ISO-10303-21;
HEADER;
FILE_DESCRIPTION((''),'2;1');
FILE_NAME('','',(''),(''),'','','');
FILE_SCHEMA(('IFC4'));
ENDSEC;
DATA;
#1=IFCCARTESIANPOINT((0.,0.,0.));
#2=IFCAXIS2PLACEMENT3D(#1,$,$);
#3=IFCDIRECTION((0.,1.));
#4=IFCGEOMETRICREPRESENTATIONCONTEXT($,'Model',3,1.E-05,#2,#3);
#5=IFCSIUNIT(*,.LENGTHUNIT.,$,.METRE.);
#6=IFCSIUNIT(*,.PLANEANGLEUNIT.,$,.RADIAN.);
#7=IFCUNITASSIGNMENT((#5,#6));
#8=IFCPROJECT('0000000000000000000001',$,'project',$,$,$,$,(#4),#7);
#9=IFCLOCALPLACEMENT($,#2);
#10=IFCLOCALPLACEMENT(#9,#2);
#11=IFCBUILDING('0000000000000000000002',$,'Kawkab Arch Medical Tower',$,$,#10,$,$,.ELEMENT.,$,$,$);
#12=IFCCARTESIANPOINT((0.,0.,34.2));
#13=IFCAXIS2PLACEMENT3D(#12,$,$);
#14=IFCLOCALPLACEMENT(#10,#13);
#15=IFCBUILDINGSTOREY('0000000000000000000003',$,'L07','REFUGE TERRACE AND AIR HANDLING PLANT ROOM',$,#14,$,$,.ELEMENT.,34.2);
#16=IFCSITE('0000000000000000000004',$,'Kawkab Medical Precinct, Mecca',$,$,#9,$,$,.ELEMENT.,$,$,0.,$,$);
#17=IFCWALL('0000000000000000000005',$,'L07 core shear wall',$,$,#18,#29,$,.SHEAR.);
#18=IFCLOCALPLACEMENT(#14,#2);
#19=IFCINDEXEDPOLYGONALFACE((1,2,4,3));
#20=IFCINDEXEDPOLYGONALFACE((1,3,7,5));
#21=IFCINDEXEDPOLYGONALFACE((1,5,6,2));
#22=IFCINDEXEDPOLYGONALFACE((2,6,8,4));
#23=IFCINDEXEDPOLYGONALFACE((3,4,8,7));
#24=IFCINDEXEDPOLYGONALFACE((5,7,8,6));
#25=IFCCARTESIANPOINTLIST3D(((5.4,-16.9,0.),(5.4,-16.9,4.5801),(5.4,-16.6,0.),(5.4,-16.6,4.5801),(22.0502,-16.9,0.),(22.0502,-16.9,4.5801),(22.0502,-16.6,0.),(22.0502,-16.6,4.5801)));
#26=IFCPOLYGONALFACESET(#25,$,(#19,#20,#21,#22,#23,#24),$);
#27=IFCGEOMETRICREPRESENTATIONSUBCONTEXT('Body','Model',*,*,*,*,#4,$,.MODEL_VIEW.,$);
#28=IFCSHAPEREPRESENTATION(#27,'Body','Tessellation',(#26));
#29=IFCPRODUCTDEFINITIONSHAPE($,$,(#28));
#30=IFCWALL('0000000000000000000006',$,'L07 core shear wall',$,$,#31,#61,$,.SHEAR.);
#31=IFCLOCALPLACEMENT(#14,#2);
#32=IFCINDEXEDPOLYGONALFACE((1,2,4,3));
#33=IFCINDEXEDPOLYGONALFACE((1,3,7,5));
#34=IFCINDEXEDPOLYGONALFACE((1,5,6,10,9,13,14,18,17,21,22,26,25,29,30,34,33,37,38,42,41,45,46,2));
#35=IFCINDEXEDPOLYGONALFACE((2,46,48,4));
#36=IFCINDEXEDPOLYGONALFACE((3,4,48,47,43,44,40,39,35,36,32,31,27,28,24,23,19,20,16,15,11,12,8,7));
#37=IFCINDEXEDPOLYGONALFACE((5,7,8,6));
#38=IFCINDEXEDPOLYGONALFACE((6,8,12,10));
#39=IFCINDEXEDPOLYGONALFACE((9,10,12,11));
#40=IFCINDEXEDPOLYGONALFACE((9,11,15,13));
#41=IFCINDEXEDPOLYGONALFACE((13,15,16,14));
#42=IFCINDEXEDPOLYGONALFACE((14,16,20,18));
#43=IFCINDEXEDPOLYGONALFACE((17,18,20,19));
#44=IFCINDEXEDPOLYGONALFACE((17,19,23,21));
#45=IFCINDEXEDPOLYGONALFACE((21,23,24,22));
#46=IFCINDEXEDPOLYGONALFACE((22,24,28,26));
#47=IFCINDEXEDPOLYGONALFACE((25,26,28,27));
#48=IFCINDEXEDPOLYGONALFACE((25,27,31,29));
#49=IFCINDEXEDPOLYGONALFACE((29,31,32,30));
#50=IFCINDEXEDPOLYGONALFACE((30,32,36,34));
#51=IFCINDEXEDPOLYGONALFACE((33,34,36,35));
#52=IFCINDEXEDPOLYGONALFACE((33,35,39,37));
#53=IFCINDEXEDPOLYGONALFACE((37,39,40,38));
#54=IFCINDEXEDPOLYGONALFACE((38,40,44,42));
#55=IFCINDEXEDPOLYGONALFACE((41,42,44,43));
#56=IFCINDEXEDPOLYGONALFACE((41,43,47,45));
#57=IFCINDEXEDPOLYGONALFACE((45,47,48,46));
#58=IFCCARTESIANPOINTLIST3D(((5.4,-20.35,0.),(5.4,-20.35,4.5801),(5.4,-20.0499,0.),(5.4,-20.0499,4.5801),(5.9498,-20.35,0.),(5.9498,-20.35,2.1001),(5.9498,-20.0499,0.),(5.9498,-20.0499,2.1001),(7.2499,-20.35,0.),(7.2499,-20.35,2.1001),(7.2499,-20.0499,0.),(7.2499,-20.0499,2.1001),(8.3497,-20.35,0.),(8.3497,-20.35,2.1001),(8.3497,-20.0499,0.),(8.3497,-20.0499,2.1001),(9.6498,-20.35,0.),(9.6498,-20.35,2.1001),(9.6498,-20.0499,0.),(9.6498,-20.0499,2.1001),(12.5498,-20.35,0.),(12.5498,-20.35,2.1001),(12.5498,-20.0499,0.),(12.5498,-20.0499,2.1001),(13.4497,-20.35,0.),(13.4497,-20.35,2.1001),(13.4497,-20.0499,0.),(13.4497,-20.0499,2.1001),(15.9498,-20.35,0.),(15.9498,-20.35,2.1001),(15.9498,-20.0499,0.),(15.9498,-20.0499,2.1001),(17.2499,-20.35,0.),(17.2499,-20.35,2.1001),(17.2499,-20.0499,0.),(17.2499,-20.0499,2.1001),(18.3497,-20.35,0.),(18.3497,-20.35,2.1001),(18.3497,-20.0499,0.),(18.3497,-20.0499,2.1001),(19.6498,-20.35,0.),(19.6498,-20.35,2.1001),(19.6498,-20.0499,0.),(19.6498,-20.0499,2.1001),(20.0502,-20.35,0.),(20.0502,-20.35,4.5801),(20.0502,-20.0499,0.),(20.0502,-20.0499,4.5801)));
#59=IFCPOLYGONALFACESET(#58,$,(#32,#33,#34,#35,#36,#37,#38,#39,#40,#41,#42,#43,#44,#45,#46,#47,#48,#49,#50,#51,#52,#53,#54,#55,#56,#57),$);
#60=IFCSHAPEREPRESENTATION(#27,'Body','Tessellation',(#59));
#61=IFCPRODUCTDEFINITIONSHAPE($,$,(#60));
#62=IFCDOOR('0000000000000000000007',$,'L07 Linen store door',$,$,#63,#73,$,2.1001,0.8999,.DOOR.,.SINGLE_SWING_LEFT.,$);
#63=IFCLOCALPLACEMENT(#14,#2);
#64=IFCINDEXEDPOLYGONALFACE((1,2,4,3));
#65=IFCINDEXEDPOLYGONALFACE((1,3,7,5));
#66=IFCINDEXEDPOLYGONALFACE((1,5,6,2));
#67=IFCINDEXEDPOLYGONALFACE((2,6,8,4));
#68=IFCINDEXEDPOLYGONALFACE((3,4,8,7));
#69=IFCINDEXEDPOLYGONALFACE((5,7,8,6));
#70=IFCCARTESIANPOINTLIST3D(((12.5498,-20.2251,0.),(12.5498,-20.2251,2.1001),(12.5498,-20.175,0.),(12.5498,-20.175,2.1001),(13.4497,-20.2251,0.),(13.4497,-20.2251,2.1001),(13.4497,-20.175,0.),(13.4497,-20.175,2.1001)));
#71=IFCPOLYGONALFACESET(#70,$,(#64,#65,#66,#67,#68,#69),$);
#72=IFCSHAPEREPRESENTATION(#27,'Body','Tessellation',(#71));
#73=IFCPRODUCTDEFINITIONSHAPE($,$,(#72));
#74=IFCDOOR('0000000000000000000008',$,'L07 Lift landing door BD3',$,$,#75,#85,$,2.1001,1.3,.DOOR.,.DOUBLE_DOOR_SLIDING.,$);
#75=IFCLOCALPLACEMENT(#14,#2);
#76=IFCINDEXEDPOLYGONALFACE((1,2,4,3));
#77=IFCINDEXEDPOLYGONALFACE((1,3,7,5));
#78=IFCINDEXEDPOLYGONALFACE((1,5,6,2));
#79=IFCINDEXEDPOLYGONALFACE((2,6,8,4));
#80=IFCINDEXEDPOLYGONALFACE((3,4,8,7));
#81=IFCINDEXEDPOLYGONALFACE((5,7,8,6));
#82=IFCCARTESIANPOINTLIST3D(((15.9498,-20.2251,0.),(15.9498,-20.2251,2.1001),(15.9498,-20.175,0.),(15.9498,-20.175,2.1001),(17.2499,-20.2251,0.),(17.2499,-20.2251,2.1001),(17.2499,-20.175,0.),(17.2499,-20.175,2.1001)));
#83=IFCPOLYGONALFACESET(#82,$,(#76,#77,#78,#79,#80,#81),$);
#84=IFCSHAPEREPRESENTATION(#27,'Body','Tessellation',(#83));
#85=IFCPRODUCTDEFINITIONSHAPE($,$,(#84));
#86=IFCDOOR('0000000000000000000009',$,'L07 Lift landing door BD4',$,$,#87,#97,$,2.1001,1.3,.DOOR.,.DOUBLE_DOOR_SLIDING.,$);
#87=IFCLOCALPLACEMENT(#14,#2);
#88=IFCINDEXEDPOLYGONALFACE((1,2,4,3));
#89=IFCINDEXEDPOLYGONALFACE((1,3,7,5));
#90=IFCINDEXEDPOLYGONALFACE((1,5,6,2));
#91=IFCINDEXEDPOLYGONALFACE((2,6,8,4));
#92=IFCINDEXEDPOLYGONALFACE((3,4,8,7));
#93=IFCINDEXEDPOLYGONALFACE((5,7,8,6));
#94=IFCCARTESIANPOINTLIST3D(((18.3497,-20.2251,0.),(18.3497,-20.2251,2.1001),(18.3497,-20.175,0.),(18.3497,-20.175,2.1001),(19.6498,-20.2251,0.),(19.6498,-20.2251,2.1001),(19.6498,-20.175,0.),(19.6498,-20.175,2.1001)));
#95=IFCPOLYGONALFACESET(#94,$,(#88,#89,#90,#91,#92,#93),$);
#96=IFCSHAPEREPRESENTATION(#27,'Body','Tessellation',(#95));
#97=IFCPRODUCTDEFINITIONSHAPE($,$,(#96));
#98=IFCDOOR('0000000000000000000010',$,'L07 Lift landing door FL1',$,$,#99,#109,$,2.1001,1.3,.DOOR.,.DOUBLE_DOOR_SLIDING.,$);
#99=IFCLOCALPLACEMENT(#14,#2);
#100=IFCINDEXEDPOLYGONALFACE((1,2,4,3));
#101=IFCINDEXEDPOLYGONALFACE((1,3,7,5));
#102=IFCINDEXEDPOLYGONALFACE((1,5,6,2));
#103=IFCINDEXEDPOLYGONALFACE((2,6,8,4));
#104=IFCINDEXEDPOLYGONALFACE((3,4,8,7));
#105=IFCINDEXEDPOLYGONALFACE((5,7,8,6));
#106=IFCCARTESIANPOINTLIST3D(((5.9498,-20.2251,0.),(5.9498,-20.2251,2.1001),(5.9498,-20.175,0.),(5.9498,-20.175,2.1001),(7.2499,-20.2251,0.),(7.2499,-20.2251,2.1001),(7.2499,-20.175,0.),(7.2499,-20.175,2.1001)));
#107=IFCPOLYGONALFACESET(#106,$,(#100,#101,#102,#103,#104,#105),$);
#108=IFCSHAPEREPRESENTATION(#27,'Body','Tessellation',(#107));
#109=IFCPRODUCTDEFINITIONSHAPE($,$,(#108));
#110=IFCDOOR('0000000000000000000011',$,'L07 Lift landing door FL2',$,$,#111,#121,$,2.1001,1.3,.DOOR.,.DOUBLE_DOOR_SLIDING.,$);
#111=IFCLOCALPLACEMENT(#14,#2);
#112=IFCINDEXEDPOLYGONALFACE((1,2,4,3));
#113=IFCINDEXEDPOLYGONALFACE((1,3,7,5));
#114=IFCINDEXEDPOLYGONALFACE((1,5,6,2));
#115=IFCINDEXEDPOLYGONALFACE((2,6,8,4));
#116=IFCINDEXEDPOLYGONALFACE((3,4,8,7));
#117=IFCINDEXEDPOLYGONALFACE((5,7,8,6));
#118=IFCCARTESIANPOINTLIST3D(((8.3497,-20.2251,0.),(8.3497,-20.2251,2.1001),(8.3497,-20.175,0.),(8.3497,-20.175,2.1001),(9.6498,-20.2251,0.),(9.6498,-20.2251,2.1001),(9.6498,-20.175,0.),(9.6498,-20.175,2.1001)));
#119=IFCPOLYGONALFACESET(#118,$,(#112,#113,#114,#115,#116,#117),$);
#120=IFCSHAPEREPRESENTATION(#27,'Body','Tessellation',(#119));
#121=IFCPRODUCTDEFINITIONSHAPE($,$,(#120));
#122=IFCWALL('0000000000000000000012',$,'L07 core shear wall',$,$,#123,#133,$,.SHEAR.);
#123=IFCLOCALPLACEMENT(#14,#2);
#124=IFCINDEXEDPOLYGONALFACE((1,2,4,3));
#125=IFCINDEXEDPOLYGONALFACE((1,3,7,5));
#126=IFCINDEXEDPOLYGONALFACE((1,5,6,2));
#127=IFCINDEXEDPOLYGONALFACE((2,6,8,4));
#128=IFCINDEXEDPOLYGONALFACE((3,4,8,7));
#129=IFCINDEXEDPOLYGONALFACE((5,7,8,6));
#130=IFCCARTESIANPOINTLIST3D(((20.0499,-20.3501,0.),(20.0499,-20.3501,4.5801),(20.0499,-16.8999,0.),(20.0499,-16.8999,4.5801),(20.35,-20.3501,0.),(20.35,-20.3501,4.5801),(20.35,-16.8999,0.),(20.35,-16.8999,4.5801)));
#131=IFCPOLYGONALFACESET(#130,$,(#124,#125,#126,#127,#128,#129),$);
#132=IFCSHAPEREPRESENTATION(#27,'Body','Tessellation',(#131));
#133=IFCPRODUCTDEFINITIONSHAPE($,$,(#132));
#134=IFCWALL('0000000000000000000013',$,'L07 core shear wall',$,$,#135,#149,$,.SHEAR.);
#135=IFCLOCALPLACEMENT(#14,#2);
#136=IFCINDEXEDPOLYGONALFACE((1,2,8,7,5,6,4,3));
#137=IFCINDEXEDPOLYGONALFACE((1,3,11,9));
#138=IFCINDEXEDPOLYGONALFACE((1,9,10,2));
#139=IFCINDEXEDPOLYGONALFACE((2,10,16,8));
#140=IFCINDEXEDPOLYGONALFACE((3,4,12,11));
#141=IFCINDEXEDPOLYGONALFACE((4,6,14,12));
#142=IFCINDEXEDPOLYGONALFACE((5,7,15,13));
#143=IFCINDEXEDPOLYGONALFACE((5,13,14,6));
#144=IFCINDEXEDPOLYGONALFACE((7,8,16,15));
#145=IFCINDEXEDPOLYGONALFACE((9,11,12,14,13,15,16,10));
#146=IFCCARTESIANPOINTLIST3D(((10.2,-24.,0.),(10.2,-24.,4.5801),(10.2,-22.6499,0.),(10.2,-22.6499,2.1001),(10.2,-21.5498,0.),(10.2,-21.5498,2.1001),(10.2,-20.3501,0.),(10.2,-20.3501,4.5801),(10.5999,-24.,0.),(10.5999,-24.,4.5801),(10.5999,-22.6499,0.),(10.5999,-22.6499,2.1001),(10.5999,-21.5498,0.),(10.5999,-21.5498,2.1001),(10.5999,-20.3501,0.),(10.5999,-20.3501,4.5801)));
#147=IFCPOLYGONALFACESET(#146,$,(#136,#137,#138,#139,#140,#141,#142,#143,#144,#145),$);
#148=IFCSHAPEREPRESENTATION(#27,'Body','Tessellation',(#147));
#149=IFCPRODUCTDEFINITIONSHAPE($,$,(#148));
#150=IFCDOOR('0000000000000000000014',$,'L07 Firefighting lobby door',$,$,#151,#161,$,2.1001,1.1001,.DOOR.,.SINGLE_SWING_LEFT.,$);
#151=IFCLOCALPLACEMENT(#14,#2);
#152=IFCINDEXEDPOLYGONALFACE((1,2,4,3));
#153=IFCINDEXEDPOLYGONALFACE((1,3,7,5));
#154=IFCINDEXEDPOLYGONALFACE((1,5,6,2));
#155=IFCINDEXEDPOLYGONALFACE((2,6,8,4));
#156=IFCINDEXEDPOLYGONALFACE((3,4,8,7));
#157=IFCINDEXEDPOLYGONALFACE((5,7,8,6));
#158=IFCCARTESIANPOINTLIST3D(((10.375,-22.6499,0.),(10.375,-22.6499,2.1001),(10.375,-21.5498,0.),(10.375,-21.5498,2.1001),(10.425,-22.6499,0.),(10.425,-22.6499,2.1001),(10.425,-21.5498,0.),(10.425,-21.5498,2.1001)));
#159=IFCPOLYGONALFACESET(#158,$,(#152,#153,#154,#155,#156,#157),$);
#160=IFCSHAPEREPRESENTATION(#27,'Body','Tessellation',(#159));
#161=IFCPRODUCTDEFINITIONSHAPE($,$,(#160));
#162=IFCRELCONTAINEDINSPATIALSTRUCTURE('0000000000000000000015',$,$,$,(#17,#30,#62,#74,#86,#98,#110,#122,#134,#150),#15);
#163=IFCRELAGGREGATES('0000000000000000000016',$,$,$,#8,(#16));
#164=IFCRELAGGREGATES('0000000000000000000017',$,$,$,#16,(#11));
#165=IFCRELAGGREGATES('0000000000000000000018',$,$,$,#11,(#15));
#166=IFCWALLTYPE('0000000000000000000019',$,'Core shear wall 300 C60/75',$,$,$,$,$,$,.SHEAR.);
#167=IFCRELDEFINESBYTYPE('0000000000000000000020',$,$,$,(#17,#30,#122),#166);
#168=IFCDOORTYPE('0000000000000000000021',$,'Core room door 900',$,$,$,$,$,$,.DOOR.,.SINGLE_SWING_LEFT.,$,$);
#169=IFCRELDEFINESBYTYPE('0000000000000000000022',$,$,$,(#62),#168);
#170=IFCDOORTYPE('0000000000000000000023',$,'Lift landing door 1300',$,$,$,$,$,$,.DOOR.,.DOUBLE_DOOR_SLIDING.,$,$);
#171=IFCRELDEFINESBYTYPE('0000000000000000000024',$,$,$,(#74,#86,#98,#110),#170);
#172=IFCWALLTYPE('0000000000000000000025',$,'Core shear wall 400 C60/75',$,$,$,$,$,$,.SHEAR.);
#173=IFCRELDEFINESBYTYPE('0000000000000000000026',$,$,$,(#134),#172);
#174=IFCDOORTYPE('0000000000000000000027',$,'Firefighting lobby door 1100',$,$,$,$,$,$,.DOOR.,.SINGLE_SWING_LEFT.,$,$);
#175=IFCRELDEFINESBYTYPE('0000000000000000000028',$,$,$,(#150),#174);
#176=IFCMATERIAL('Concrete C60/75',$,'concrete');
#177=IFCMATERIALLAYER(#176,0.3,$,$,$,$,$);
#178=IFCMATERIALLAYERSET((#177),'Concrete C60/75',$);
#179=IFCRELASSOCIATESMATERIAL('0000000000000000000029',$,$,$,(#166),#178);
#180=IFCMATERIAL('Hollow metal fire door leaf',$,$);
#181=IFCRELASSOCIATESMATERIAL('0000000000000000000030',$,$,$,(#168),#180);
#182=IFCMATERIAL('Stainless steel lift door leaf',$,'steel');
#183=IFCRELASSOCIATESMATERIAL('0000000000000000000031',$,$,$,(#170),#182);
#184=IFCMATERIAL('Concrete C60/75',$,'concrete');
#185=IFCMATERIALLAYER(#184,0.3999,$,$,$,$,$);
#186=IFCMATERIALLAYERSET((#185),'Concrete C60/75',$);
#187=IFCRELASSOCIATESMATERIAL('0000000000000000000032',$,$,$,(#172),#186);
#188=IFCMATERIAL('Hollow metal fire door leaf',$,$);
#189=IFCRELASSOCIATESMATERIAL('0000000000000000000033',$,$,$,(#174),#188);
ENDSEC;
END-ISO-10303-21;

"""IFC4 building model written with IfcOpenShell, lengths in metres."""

from ifc_helpers import new_model, si_unit, direction, frame, frame_2d, origin, place, context, subcontext, project, spatial, rectangle, extrude, material, layer, layer_set, type_object, element, fill, save


model = new_model("IFC4")

# Units and contexts
model_context = context("Model", 3, precision=1e-05, world=origin(), true_north=direction((0.0, 1.0)))
body_context = subcontext(model_context, "Body", "Model", "MODEL_VIEW")
ifc_project = project(units=[si_unit("LENGTHUNIT", "METRE"), si_unit("PLANEANGLEUNIT", "RADIAN")], contexts=[model_context])

# Site, building, storey
site_placement = place(None, origin())
site = spatial("IfcSite", under=ifc_project, at=site_placement, Name="Kawkab Medical Precinct, Mecca", CompositionType="ELEMENT", RefElevation=0.0)
building_placement = place(site_placement, origin())
building = spatial("IfcBuilding", under=site, at=building_placement, Name="Kawkab Arch Medical Tower", CompositionType="ELEMENT")
storey_placement = place(building_placement, frame((0.0, 0.0, 34.2)))
storey = spatial("IfcBuildingStorey", under=building, at=storey_placement, Name="L07", Description="REFUGE TERRACE AND AIR HANDLING PLANT ROOM", CompositionType="ELEMENT", Elevation=34.2)

# Wall
ifc_material_1 = material(Name="Concrete C60/75", Category="concrete")
ifc_layer_1 = layer(ifc_material_1, 0.3)
ifc_layer_set_1 = layer_set([ifc_layer_1], Name="Concrete C60/75")
wall_type_1 = type_object("IfcWallType", Name="Core shear wall 300 C60/75", PredefinedType="SHEAR", material=ifc_layer_set_1)
wall_1_placement = place(storey_placement, frame((5.3999, -16.75, 0.0), z_axis=(0.0, 0.0, 1.0), x_axis=(1.0, 0.0, 0.0)))
element("IfcWall", 1, at=wall_1_placement, inside=storey, type_object=wall_type_1, Name="L07 core shear wall", PredefinedType="SHEAR", context=body_context, shape_type="SweptSolid", body=[
    extrude(rectangle(XDim=16.6501, YDim=0.3, at=frame_2d((8.3252, 0.0))), origin(), (0.0, 0.0, 1.0), 4.5801),
])

# Wall, openings, doors
wall_2_placement = place(storey_placement, frame((5.3999, -20.2, 0.0), z_axis=(0.0, 0.0, 1.0), x_axis=(1.0, 0.0, 0.0)))
wall_2 = element("IfcWall", 2, at=wall_2_placement, inside=storey, type_object=wall_type_1, Name="L07 core shear wall", PredefinedType="SHEAR", context=body_context, shape_type="SweptSolid", body=[
    extrude(rectangle(XDim=14.6501, YDim=0.3, at=frame_2d((7.3252, 0.0))), origin(), (0.0, 0.0, 1.0), 4.5801),
])
opening_1_placement = place(wall_2_placement, frame((10.55, 0.0, 0.0)))
opening_1 = element("IfcOpeningElement", 3, at=opening_1_placement, cuts=wall_2, PredefinedType="OPENING", context=body_context, shape_type="SweptSolid", body=[
    extrude(rectangle(XDim=1.3, YDim=2.1001, at=frame_2d((0.6499, 1.05))), frame((0.0, 0.1599, 0.0), z_axis=(0.0, -1.0, 0.0), x_axis=(1.0, 0.0, 0.0)), (0.0, 0.0, 1.0), 0.3201),
])
opening_2_placement = place(wall_2_placement, frame((12.95, 0.0, 0.0)))
opening_2 = element("IfcOpeningElement", 4, at=opening_2_placement, cuts=wall_2, PredefinedType="OPENING", context=body_context, shape_type="SweptSolid", body=[
    extrude(rectangle(XDim=1.3, YDim=2.1001, at=frame_2d((0.6499, 1.05))), frame((0.0, 0.1599, 0.0), z_axis=(0.0, -1.0, 0.0), x_axis=(1.0, 0.0, 0.0)), (0.0, 0.0, 1.0), 0.3201),
])
opening_3_placement = place(wall_2_placement, frame((0.55, 0.0, 0.0)))
opening_3 = element("IfcOpeningElement", 5, at=opening_3_placement, cuts=wall_2, PredefinedType="OPENING", context=body_context, shape_type="SweptSolid", body=[
    extrude(rectangle(XDim=1.3, YDim=2.1001, at=frame_2d((0.6499, 1.05))), frame((0.0, 0.1599, 0.0), z_axis=(0.0, -1.0, 0.0), x_axis=(1.0, 0.0, 0.0)), (0.0, 0.0, 1.0), 0.3201),
])
opening_4_placement = place(wall_2_placement, frame((2.95, 0.0, 0.0)))
opening_4 = element("IfcOpeningElement", 6, at=opening_4_placement, cuts=wall_2, PredefinedType="OPENING", context=body_context, shape_type="SweptSolid", body=[
    extrude(rectangle(XDim=1.3, YDim=2.1001, at=frame_2d((0.6499, 1.05))), frame((0.0, 0.1599, 0.0), z_axis=(0.0, -1.0, 0.0), x_axis=(1.0, 0.0, 0.0)), (0.0, 0.0, 1.0), 0.3201),
])
opening_5_placement = place(wall_2_placement, frame((7.1499, 0.0, 0.0)))
opening_5 = element("IfcOpeningElement", 7, at=opening_5_placement, cuts=wall_2, PredefinedType="OPENING", context=body_context, shape_type="SweptSolid", body=[
    extrude(rectangle(XDim=0.8999, YDim=2.1001, at=frame_2d((0.45, 1.05))), frame((0.0, 0.1599, 0.0), z_axis=(0.0, -1.0, 0.0), x_axis=(1.0, 0.0, 0.0)), (0.0, 0.0, 1.0), 0.3201),
])
ifc_material_2 = material(Name="Hollow metal fire door leaf")
door_type_1 = type_object("IfcDoorType", Name="Core room door 900", OperationType="SINGLE_SWING_LEFT", PredefinedType="DOOR", material=ifc_material_2)
door_1_placement = place(opening_5_placement, origin())
door_1 = element("IfcDoor", 8, at=door_1_placement, inside=storey, type_object=door_type_1, Name="L07 Linen store door", OperationType="SINGLE_SWING_LEFT", OverallHeight=2.1001, OverallWidth=0.8999, PredefinedType="DOOR", context=body_context, shape_type="SweptSolid", body=[
    extrude(rectangle(XDim=0.8999, YDim=2.1001, at=frame_2d((0.45, 1.05))), frame((0.0, 0.0249, 0.0), z_axis=(0.0, -1.0, 0.0), x_axis=(1.0, 0.0, 0.0)), (0.0, 0.0, 1.0), 0.05),
])
fill(opening_5, door_1)
ifc_material_3 = material(Name="Stainless steel lift door leaf", Category="steel")
door_type_2 = type_object("IfcDoorType", Name="Lift landing door 1300", OperationType="DOUBLE_DOOR_SLIDING", PredefinedType="DOOR", material=ifc_material_3)
door_2_placement = place(opening_1_placement, origin())
door_2 = element("IfcDoor", 9, at=door_2_placement, inside=storey, type_object=door_type_2, Name="L07 Lift landing door BD3", OperationType="DOUBLE_DOOR_SLIDING", OverallHeight=2.1001, OverallWidth=1.3, PredefinedType="DOOR", context=body_context, shape_type="SweptSolid", body=[
    extrude(rectangle(XDim=1.3, YDim=2.1001, at=frame_2d((0.6499, 1.05))), frame((0.0, 0.0249, 0.0), z_axis=(0.0, -1.0, 0.0), x_axis=(1.0, 0.0, 0.0)), (0.0, 0.0, 1.0), 0.05),
])
fill(opening_1, door_2)
door_3_placement = place(opening_2_placement, origin())
door_3 = element("IfcDoor", 10, at=door_3_placement, inside=storey, type_object=door_type_2, Name="L07 Lift landing door BD4", OperationType="DOUBLE_DOOR_SLIDING", OverallHeight=2.1001, OverallWidth=1.3, PredefinedType="DOOR", context=body_context, shape_type="SweptSolid", body=[
    extrude(rectangle(XDim=1.3, YDim=2.1001, at=frame_2d((0.6499, 1.05))), frame((0.0, 0.0249, 0.0), z_axis=(0.0, -1.0, 0.0), x_axis=(1.0, 0.0, 0.0)), (0.0, 0.0, 1.0), 0.05),
])
fill(opening_2, door_3)
door_4_placement = place(opening_3_placement, origin())
door_4 = element("IfcDoor", 11, at=door_4_placement, inside=storey, type_object=door_type_2, Name="L07 Lift landing door FL1", OperationType="DOUBLE_DOOR_SLIDING", OverallHeight=2.1001, OverallWidth=1.3, PredefinedType="DOOR", context=body_context, shape_type="SweptSolid", body=[
    extrude(rectangle(XDim=1.3, YDim=2.1001, at=frame_2d((0.6499, 1.05))), frame((0.0, 0.0249, 0.0), z_axis=(0.0, -1.0, 0.0), x_axis=(1.0, 0.0, 0.0)), (0.0, 0.0, 1.0), 0.05),
])
fill(opening_3, door_4)
door_5_placement = place(opening_4_placement, origin())
door_5 = element("IfcDoor", 12, at=door_5_placement, inside=storey, type_object=door_type_2, Name="L07 Lift landing door FL2", OperationType="DOUBLE_DOOR_SLIDING", OverallHeight=2.1001, OverallWidth=1.3, PredefinedType="DOOR", context=body_context, shape_type="SweptSolid", body=[
    extrude(rectangle(XDim=1.3, YDim=2.1001, at=frame_2d((0.6499, 1.05))), frame((0.0, 0.0249, 0.0), z_axis=(0.0, -1.0, 0.0), x_axis=(1.0, 0.0, 0.0)), (0.0, 0.0, 1.0), 0.05),
])
fill(opening_4, door_5)

# Wall
wall_3_placement = place(storey_placement, frame((20.2, -20.3501, 0.0), z_axis=(0.0, 0.0, 1.0), x_axis=(0.0, 1.0, 0.0)))
element("IfcWall", 13, at=wall_3_placement, inside=storey, type_object=wall_type_1, Name="L07 core shear wall", PredefinedType="SHEAR", context=body_context, shape_type="SweptSolid", body=[
    extrude(rectangle(XDim=3.4502, YDim=0.3, at=frame_2d((1.7251, 0.0))), origin(), (0.0, 0.0, 1.0), 4.5801),
])

# Wall, opening, door
ifc_material_4 = material(Name="Concrete C60/75", Category="concrete")
ifc_layer_2 = layer(ifc_material_4, 0.3999)
ifc_layer_set_2 = layer_set([ifc_layer_2], Name="Concrete C60/75")
wall_type_2 = type_object("IfcWallType", Name="Core shear wall 400 C60/75", PredefinedType="SHEAR", material=ifc_layer_set_2)
wall_4_placement = place(storey_placement, frame((10.3999, -24.0, 0.0), z_axis=(0.0, 0.0, 1.0), x_axis=(0.0, 1.0, 0.0)))
wall_4 = element("IfcWall", 14, at=wall_4_placement, inside=storey, type_object=wall_type_2, Name="L07 core shear wall", PredefinedType="SHEAR", context=body_context, shape_type="SweptSolid", body=[
    extrude(rectangle(XDim=3.6499, YDim=0.3999, at=frame_2d((1.825, 0.0))), origin(), (0.0, 0.0, 1.0), 4.5801),
])
opening_6_placement = place(wall_4_placement, frame((1.3501, 0.0, 0.0)))
opening_6 = element("IfcOpeningElement", 15, at=opening_6_placement, cuts=wall_4, PredefinedType="OPENING", context=body_context, shape_type="SweptSolid", body=[
    extrude(rectangle(XDim=1.1001, YDim=2.1001, at=frame_2d((0.55, 1.05))), frame((0.0, 0.21, 0.0), z_axis=(0.0, -1.0, 0.0), x_axis=(1.0, 0.0, 0.0)), (0.0, 0.0, 1.0), 0.4199),
])
ifc_material_5 = material(Name="Hollow metal fire door leaf")
door_type_3 = type_object("IfcDoorType", Name="Firefighting lobby door 1100", OperationType="SINGLE_SWING_LEFT", PredefinedType="DOOR", material=ifc_material_5)
door_6_placement = place(opening_6_placement, origin())
door_6 = element("IfcDoor", 16, at=door_6_placement, inside=storey, type_object=door_type_3, Name="L07 Firefighting lobby door", OperationType="SINGLE_SWING_LEFT", OverallHeight=2.1001, OverallWidth=1.1001, PredefinedType="DOOR", context=body_context, shape_type="SweptSolid", body=[
    extrude(rectangle(XDim=1.1001, YDim=2.1001, at=frame_2d((0.55, 1.05))), frame((0.0, 0.0249, 0.0), z_axis=(0.0, -1.0, 0.0), x_axis=(1.0, 0.0, 0.0)), (0.0, 0.0, 1.0), 0.05),
])
fill(opening_6, door_6)

save(model, "model.ifc")
